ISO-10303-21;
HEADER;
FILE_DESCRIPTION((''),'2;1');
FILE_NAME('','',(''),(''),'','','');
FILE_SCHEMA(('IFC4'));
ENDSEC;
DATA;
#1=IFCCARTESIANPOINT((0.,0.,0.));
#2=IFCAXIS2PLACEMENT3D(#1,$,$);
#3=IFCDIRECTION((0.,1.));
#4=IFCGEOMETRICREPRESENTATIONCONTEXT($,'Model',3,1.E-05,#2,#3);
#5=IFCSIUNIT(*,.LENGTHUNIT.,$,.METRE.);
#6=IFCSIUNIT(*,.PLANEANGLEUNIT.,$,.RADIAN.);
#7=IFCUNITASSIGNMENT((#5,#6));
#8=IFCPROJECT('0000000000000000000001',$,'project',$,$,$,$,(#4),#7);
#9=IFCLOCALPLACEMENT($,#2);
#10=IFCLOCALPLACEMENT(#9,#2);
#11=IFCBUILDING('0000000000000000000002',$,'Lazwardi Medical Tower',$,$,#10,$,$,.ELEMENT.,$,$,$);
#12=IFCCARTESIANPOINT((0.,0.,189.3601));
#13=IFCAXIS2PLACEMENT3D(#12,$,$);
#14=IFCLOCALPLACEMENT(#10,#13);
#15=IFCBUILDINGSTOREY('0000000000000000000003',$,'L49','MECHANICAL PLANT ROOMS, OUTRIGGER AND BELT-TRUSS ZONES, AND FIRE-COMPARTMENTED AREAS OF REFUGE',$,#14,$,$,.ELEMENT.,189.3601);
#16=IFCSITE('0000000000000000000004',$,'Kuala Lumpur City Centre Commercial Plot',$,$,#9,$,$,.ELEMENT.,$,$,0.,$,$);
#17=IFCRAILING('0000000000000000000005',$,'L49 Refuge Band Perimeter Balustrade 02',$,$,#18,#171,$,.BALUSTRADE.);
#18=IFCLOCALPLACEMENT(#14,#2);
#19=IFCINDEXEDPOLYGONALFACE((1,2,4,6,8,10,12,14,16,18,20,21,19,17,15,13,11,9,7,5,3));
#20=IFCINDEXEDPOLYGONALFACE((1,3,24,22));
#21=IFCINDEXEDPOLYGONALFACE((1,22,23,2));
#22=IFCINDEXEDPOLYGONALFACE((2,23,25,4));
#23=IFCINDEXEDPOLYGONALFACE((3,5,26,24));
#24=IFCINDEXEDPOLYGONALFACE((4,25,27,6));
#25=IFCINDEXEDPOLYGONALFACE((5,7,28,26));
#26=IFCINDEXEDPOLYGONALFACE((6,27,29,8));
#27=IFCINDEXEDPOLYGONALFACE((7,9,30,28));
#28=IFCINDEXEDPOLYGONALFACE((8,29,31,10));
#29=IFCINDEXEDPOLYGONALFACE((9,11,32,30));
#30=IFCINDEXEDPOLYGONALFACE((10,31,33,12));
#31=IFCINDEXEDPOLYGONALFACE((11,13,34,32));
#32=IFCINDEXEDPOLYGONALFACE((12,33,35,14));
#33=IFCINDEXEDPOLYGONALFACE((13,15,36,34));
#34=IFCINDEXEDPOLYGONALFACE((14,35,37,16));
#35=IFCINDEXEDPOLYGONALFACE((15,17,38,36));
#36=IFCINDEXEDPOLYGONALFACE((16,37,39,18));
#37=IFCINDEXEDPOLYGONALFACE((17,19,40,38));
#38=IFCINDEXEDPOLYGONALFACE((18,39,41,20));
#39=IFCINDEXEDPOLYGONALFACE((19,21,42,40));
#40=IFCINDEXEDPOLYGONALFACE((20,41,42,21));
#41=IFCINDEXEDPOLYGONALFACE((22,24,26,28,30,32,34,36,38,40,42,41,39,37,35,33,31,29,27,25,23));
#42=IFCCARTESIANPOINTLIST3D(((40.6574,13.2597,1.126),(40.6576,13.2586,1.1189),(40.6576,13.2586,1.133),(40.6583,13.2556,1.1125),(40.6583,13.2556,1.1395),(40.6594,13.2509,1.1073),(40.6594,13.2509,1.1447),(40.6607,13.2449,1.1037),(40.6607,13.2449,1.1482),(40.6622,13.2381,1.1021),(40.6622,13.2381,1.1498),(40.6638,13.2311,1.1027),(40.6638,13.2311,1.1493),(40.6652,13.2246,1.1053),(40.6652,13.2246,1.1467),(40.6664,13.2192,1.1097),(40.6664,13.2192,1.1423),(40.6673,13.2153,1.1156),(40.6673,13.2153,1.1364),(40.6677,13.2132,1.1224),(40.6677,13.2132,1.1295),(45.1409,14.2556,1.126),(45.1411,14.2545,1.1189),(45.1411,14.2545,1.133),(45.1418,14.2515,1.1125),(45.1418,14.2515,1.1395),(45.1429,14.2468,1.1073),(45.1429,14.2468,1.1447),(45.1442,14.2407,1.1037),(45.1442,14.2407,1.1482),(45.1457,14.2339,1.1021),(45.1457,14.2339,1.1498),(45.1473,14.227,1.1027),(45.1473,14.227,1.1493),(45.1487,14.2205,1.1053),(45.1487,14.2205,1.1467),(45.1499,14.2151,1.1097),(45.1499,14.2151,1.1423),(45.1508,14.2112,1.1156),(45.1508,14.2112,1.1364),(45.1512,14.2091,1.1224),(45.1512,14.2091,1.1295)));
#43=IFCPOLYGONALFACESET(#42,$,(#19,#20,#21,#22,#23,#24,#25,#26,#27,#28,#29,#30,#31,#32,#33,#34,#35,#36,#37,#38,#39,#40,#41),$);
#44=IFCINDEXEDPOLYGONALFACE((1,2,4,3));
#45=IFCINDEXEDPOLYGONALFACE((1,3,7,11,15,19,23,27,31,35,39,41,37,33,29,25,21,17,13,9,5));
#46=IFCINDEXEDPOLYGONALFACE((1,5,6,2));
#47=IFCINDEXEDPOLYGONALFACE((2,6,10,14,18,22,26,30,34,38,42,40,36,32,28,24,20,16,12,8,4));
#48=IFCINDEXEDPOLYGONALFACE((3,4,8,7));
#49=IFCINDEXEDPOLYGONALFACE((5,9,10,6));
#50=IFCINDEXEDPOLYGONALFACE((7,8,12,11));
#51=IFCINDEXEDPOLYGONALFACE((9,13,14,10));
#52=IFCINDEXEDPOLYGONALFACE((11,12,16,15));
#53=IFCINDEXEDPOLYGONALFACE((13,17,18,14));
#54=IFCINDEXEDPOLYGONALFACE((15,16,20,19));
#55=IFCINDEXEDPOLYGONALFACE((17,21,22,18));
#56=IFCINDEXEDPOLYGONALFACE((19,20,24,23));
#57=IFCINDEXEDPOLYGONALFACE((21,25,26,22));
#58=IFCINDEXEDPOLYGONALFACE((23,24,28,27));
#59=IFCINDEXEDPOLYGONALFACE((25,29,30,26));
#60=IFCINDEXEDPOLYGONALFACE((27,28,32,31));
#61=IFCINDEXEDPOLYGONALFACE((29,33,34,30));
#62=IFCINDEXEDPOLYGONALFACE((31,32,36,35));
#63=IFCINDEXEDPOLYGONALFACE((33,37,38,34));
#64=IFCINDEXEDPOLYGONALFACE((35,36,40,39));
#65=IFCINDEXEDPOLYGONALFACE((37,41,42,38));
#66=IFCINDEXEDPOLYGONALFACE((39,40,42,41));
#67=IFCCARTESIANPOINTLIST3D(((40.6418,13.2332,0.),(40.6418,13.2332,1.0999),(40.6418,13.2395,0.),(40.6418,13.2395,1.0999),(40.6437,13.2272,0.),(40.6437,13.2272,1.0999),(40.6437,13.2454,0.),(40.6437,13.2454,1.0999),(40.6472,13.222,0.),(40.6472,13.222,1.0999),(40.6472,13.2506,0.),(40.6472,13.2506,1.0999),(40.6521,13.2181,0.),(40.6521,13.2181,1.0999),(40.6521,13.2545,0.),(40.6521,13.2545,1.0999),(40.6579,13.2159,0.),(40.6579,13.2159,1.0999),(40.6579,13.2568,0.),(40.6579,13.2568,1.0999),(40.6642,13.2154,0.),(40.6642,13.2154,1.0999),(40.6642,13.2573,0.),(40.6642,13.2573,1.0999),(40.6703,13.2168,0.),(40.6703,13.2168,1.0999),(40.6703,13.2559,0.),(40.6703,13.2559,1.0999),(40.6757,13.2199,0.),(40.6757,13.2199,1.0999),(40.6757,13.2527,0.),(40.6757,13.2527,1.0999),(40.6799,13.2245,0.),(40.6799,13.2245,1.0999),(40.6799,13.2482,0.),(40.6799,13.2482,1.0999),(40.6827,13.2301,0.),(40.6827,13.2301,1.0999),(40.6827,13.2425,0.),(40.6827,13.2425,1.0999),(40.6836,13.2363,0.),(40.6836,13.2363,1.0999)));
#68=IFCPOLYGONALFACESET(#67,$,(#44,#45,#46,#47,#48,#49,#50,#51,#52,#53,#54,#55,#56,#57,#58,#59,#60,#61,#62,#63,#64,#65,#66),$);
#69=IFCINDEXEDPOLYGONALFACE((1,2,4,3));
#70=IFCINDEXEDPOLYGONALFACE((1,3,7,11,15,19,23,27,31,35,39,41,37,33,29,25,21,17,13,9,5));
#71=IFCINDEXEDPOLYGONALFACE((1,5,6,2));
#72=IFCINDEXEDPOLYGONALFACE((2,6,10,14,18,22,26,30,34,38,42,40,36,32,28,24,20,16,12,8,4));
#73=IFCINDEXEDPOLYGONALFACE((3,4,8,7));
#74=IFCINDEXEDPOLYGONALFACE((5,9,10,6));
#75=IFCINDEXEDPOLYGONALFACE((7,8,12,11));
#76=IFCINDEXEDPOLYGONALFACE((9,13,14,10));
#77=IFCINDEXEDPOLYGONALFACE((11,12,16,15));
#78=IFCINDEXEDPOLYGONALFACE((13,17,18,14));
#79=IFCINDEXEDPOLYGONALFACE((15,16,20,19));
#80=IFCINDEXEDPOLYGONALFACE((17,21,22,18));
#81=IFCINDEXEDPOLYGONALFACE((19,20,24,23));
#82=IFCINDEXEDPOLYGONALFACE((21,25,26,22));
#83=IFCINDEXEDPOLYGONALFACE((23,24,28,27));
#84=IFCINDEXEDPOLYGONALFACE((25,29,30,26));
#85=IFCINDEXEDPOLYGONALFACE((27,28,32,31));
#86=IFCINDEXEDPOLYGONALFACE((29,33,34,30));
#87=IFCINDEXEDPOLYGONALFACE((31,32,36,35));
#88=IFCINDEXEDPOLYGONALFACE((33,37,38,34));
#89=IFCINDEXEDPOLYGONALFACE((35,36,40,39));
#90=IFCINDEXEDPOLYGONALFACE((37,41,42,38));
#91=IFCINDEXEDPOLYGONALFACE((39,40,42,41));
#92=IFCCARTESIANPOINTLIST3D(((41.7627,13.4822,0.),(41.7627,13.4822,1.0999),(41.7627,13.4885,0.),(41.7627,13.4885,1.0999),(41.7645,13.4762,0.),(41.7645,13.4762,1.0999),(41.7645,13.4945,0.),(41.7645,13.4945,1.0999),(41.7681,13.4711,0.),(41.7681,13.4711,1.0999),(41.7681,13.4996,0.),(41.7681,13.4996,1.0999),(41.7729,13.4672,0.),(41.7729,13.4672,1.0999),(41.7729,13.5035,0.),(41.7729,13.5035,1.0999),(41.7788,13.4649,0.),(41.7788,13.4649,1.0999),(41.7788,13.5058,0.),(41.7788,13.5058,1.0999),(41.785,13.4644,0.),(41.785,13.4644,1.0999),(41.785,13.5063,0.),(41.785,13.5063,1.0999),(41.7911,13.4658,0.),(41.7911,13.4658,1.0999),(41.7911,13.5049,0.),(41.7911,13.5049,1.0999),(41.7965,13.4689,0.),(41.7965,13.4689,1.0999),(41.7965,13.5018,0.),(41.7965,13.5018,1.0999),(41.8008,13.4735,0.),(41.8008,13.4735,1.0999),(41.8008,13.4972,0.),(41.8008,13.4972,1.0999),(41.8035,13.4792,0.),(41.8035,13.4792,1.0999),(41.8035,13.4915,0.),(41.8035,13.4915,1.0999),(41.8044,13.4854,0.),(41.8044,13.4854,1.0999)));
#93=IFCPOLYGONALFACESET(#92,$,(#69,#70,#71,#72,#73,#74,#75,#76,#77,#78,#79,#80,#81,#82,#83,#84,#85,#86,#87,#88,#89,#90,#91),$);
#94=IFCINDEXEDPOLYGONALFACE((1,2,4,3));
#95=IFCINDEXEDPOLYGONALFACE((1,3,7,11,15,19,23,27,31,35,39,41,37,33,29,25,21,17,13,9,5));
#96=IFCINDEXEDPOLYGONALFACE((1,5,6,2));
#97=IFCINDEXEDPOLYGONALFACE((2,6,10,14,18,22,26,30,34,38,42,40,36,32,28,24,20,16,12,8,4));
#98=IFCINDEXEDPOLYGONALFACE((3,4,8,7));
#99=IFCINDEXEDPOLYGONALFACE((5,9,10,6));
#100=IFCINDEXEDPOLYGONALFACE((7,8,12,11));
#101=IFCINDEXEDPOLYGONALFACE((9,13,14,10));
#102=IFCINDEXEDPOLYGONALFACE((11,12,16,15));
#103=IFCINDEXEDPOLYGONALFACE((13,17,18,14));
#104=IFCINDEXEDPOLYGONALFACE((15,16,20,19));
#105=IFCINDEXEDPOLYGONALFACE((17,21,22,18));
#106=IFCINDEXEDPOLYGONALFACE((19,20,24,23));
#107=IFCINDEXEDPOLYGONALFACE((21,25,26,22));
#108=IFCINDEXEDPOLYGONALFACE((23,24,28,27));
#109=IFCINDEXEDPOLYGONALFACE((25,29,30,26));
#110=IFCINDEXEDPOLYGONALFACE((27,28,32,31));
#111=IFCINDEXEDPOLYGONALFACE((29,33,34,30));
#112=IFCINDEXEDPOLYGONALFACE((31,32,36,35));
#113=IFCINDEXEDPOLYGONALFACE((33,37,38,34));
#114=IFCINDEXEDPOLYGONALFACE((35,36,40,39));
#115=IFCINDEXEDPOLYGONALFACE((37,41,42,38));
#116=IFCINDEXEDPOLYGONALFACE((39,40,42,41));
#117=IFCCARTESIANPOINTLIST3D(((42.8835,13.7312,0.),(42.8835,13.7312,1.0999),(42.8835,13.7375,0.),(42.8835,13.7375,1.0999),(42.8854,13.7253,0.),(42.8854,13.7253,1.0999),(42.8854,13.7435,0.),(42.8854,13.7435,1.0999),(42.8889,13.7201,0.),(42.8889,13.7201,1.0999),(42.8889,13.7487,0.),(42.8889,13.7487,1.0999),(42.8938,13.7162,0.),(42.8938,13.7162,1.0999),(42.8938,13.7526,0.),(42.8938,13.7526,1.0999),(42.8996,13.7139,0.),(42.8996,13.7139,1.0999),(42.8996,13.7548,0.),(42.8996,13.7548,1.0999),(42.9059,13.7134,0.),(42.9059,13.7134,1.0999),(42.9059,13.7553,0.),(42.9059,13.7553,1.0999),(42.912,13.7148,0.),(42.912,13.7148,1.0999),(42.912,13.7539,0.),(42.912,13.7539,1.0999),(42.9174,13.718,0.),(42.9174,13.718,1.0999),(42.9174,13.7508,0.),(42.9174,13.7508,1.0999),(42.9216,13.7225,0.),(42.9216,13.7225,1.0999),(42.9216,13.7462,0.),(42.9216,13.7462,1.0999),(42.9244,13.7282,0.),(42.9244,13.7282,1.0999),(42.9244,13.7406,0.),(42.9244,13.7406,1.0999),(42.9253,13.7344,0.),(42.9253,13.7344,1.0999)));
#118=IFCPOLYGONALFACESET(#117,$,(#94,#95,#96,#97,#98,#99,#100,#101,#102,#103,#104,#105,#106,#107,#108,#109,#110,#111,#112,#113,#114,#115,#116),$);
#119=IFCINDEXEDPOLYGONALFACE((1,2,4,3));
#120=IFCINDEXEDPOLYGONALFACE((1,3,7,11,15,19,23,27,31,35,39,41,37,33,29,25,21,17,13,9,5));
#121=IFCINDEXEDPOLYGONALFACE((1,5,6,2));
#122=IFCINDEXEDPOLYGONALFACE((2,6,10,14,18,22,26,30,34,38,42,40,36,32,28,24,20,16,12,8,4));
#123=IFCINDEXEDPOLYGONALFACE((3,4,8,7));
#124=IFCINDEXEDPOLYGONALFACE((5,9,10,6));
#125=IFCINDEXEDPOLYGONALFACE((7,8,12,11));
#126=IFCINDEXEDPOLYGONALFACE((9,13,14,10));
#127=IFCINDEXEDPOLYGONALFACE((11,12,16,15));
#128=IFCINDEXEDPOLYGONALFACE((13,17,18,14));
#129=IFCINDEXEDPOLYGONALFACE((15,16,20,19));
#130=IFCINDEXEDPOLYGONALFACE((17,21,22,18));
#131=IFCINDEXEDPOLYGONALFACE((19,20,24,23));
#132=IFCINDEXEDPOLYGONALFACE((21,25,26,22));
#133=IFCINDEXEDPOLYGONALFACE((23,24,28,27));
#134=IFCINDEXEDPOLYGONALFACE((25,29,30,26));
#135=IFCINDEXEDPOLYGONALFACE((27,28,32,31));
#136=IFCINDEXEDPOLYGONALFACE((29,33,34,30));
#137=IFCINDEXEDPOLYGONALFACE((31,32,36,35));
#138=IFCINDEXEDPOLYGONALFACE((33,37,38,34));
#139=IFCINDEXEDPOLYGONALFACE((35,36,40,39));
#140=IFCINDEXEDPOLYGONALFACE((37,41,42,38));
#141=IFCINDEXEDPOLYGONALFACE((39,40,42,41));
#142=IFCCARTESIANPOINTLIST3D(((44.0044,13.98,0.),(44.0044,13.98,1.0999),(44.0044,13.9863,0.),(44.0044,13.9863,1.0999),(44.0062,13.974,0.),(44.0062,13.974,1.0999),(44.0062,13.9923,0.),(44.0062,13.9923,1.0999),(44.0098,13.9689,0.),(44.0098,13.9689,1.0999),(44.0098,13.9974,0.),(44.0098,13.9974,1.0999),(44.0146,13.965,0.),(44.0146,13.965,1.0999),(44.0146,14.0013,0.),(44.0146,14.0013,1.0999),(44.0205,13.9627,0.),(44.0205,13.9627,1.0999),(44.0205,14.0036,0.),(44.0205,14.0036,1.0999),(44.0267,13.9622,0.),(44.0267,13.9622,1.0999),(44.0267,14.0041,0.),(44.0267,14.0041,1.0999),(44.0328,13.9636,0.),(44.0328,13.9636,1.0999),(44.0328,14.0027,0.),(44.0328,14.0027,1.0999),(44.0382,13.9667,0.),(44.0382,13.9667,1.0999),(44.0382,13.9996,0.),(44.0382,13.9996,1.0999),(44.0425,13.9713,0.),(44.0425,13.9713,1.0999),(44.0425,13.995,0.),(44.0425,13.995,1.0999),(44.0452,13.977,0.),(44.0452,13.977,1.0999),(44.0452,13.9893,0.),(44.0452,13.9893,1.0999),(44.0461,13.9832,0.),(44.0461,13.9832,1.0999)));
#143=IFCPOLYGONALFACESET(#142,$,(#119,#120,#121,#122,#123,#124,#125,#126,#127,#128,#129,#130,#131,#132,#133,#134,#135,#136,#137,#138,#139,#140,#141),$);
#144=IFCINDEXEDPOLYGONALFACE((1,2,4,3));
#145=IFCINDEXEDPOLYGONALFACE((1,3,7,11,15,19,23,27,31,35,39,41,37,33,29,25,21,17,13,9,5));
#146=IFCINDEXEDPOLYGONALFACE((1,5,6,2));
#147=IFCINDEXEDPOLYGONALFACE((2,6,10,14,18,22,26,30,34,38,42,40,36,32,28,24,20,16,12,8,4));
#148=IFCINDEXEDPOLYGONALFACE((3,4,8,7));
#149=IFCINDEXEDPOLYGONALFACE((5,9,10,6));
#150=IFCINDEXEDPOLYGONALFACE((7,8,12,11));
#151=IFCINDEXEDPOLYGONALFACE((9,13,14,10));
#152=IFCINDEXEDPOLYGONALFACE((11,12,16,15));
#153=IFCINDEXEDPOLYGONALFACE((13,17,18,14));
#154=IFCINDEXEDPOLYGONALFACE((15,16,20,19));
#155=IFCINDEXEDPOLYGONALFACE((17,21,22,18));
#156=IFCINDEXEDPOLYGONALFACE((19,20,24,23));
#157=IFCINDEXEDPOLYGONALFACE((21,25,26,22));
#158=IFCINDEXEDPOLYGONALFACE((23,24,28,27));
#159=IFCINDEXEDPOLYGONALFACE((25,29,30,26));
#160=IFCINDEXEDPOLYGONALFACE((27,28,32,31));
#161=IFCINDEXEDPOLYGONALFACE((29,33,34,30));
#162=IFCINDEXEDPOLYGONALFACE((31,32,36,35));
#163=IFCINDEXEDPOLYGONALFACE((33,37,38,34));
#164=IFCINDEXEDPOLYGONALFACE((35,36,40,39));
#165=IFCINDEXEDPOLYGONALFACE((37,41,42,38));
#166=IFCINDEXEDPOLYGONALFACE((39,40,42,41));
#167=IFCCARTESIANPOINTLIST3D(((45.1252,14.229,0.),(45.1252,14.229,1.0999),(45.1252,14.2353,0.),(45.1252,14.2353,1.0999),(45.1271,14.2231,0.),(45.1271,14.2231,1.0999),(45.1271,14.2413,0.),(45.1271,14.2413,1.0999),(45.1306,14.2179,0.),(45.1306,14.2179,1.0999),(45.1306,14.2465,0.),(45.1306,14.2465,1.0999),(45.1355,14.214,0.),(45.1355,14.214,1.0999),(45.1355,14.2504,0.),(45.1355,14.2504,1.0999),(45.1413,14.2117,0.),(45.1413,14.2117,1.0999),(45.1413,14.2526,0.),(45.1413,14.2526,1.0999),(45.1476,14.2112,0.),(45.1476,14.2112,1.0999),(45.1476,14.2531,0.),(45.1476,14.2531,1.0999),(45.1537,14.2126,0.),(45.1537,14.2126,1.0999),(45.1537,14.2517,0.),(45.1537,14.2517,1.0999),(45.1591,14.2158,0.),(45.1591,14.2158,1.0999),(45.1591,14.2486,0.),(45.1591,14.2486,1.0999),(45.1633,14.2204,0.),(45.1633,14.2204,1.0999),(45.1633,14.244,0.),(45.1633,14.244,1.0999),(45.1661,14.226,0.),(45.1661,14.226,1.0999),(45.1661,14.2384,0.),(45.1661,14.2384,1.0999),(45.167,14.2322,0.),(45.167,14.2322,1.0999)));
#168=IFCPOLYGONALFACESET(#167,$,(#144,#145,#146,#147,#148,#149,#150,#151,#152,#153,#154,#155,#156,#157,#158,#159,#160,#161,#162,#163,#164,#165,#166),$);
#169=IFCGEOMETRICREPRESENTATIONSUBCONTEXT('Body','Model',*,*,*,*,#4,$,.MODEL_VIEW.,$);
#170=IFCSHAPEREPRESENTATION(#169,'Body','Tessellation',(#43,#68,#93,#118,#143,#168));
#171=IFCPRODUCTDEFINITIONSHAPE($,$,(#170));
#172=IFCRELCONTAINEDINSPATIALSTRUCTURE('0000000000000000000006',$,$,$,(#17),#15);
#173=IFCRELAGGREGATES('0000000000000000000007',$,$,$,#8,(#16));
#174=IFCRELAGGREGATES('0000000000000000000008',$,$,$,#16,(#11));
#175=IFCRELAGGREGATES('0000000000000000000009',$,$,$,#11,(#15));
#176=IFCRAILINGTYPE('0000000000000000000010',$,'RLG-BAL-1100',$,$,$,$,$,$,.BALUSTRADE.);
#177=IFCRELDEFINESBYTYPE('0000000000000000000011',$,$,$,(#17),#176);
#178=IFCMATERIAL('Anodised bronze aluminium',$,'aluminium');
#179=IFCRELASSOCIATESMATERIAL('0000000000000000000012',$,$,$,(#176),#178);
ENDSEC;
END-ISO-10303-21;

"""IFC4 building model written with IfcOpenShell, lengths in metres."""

from ifc_helpers import new_model, si_unit, direction, frame, origin, origin_2d, place, context, subcontext, project, spatial, circle, extrude, material, type_object, element, save


model = new_model("IFC4")

# Units and contexts
model_context = context("Model", 3, precision=1e-05, world=origin(), true_north=direction((0.0, 1.0)))
body_context = subcontext(model_context, "Body", "Model", "MODEL_VIEW")
ifc_project = project(units=[si_unit("LENGTHUNIT", "METRE"), si_unit("PLANEANGLEUNIT", "RADIAN")], contexts=[model_context])

# Site, building, storey
site_placement = place(None, origin())
site = spatial("IfcSite", under=ifc_project, at=site_placement, Name="Kuala Lumpur City Centre Commercial Plot", CompositionType="ELEMENT", RefElevation=0.0)
building_placement = place(site_placement, origin())
building = spatial("IfcBuilding", under=site, at=building_placement, Name="Lazwardi Medical Tower", CompositionType="ELEMENT")
storey_placement = place(building_placement, frame((0.0, 0.0, 189.3601)))
storey = spatial("IfcBuildingStorey", under=building, at=storey_placement, Name="L49", Description="MECHANICAL PLANT ROOMS, OUTRIGGER AND BELT-TRUSS ZONES, AND FIRE-COMPARTMENTED AREAS OF REFUGE", CompositionType="ELEMENT", Elevation=189.3601)

# Railing
ifc_material_1 = material(Name="Anodised bronze aluminium", Category="aluminium")
railing_type = type_object("IfcRailingType", Name="RLG-BAL-1100", PredefinedType="BALUSTRADE", material=ifc_material_1)
railing_1_placement = place(storey_placement, frame((40.6626, 13.2363, 0.0)))
element("IfcRailing", 1, at=railing_1_placement, inside=storey, type_object=railing_type, Name="L49 Refuge Band Perimeter Balustrade 02", PredefinedType="BALUSTRADE", context=body_context, shape_type="SweptSolid", body=[
    extrude(circle(Radius=0.0239, at=origin_2d()), frame((0.0, 0.0, 1.126), z_axis=(0.976208, 0.216835, 0.0), x_axis=(-0.216835, 0.976208, 0.0)), (0.0, 0.0, 1.0), 4.5928),
    extrude(circle(Radius=0.021, at=origin_2d()), origin(), (0.0, 0.0, 1.0), 1.0999),
    extrude(circle(Radius=0.021, at=origin_2d()), frame((1.1208, 0.249, 0.0)), (0.0, 0.0, 1.0), 1.0999),
    extrude(circle(Radius=0.021, at=origin_2d()), frame((2.2417, 0.498, 0.0)), (0.0, 0.0, 1.0), 1.0999),
    extrude(circle(Radius=0.021, at=origin_2d()), frame((3.3625, 0.7468, 0.0)), (0.0, 0.0, 1.0), 1.0999),
    extrude(circle(Radius=0.021, at=origin_2d()), frame((4.4834, 0.9958, 0.0)), (0.0, 0.0, 1.0), 1.0999),
])

save(model, "model.ifc")
